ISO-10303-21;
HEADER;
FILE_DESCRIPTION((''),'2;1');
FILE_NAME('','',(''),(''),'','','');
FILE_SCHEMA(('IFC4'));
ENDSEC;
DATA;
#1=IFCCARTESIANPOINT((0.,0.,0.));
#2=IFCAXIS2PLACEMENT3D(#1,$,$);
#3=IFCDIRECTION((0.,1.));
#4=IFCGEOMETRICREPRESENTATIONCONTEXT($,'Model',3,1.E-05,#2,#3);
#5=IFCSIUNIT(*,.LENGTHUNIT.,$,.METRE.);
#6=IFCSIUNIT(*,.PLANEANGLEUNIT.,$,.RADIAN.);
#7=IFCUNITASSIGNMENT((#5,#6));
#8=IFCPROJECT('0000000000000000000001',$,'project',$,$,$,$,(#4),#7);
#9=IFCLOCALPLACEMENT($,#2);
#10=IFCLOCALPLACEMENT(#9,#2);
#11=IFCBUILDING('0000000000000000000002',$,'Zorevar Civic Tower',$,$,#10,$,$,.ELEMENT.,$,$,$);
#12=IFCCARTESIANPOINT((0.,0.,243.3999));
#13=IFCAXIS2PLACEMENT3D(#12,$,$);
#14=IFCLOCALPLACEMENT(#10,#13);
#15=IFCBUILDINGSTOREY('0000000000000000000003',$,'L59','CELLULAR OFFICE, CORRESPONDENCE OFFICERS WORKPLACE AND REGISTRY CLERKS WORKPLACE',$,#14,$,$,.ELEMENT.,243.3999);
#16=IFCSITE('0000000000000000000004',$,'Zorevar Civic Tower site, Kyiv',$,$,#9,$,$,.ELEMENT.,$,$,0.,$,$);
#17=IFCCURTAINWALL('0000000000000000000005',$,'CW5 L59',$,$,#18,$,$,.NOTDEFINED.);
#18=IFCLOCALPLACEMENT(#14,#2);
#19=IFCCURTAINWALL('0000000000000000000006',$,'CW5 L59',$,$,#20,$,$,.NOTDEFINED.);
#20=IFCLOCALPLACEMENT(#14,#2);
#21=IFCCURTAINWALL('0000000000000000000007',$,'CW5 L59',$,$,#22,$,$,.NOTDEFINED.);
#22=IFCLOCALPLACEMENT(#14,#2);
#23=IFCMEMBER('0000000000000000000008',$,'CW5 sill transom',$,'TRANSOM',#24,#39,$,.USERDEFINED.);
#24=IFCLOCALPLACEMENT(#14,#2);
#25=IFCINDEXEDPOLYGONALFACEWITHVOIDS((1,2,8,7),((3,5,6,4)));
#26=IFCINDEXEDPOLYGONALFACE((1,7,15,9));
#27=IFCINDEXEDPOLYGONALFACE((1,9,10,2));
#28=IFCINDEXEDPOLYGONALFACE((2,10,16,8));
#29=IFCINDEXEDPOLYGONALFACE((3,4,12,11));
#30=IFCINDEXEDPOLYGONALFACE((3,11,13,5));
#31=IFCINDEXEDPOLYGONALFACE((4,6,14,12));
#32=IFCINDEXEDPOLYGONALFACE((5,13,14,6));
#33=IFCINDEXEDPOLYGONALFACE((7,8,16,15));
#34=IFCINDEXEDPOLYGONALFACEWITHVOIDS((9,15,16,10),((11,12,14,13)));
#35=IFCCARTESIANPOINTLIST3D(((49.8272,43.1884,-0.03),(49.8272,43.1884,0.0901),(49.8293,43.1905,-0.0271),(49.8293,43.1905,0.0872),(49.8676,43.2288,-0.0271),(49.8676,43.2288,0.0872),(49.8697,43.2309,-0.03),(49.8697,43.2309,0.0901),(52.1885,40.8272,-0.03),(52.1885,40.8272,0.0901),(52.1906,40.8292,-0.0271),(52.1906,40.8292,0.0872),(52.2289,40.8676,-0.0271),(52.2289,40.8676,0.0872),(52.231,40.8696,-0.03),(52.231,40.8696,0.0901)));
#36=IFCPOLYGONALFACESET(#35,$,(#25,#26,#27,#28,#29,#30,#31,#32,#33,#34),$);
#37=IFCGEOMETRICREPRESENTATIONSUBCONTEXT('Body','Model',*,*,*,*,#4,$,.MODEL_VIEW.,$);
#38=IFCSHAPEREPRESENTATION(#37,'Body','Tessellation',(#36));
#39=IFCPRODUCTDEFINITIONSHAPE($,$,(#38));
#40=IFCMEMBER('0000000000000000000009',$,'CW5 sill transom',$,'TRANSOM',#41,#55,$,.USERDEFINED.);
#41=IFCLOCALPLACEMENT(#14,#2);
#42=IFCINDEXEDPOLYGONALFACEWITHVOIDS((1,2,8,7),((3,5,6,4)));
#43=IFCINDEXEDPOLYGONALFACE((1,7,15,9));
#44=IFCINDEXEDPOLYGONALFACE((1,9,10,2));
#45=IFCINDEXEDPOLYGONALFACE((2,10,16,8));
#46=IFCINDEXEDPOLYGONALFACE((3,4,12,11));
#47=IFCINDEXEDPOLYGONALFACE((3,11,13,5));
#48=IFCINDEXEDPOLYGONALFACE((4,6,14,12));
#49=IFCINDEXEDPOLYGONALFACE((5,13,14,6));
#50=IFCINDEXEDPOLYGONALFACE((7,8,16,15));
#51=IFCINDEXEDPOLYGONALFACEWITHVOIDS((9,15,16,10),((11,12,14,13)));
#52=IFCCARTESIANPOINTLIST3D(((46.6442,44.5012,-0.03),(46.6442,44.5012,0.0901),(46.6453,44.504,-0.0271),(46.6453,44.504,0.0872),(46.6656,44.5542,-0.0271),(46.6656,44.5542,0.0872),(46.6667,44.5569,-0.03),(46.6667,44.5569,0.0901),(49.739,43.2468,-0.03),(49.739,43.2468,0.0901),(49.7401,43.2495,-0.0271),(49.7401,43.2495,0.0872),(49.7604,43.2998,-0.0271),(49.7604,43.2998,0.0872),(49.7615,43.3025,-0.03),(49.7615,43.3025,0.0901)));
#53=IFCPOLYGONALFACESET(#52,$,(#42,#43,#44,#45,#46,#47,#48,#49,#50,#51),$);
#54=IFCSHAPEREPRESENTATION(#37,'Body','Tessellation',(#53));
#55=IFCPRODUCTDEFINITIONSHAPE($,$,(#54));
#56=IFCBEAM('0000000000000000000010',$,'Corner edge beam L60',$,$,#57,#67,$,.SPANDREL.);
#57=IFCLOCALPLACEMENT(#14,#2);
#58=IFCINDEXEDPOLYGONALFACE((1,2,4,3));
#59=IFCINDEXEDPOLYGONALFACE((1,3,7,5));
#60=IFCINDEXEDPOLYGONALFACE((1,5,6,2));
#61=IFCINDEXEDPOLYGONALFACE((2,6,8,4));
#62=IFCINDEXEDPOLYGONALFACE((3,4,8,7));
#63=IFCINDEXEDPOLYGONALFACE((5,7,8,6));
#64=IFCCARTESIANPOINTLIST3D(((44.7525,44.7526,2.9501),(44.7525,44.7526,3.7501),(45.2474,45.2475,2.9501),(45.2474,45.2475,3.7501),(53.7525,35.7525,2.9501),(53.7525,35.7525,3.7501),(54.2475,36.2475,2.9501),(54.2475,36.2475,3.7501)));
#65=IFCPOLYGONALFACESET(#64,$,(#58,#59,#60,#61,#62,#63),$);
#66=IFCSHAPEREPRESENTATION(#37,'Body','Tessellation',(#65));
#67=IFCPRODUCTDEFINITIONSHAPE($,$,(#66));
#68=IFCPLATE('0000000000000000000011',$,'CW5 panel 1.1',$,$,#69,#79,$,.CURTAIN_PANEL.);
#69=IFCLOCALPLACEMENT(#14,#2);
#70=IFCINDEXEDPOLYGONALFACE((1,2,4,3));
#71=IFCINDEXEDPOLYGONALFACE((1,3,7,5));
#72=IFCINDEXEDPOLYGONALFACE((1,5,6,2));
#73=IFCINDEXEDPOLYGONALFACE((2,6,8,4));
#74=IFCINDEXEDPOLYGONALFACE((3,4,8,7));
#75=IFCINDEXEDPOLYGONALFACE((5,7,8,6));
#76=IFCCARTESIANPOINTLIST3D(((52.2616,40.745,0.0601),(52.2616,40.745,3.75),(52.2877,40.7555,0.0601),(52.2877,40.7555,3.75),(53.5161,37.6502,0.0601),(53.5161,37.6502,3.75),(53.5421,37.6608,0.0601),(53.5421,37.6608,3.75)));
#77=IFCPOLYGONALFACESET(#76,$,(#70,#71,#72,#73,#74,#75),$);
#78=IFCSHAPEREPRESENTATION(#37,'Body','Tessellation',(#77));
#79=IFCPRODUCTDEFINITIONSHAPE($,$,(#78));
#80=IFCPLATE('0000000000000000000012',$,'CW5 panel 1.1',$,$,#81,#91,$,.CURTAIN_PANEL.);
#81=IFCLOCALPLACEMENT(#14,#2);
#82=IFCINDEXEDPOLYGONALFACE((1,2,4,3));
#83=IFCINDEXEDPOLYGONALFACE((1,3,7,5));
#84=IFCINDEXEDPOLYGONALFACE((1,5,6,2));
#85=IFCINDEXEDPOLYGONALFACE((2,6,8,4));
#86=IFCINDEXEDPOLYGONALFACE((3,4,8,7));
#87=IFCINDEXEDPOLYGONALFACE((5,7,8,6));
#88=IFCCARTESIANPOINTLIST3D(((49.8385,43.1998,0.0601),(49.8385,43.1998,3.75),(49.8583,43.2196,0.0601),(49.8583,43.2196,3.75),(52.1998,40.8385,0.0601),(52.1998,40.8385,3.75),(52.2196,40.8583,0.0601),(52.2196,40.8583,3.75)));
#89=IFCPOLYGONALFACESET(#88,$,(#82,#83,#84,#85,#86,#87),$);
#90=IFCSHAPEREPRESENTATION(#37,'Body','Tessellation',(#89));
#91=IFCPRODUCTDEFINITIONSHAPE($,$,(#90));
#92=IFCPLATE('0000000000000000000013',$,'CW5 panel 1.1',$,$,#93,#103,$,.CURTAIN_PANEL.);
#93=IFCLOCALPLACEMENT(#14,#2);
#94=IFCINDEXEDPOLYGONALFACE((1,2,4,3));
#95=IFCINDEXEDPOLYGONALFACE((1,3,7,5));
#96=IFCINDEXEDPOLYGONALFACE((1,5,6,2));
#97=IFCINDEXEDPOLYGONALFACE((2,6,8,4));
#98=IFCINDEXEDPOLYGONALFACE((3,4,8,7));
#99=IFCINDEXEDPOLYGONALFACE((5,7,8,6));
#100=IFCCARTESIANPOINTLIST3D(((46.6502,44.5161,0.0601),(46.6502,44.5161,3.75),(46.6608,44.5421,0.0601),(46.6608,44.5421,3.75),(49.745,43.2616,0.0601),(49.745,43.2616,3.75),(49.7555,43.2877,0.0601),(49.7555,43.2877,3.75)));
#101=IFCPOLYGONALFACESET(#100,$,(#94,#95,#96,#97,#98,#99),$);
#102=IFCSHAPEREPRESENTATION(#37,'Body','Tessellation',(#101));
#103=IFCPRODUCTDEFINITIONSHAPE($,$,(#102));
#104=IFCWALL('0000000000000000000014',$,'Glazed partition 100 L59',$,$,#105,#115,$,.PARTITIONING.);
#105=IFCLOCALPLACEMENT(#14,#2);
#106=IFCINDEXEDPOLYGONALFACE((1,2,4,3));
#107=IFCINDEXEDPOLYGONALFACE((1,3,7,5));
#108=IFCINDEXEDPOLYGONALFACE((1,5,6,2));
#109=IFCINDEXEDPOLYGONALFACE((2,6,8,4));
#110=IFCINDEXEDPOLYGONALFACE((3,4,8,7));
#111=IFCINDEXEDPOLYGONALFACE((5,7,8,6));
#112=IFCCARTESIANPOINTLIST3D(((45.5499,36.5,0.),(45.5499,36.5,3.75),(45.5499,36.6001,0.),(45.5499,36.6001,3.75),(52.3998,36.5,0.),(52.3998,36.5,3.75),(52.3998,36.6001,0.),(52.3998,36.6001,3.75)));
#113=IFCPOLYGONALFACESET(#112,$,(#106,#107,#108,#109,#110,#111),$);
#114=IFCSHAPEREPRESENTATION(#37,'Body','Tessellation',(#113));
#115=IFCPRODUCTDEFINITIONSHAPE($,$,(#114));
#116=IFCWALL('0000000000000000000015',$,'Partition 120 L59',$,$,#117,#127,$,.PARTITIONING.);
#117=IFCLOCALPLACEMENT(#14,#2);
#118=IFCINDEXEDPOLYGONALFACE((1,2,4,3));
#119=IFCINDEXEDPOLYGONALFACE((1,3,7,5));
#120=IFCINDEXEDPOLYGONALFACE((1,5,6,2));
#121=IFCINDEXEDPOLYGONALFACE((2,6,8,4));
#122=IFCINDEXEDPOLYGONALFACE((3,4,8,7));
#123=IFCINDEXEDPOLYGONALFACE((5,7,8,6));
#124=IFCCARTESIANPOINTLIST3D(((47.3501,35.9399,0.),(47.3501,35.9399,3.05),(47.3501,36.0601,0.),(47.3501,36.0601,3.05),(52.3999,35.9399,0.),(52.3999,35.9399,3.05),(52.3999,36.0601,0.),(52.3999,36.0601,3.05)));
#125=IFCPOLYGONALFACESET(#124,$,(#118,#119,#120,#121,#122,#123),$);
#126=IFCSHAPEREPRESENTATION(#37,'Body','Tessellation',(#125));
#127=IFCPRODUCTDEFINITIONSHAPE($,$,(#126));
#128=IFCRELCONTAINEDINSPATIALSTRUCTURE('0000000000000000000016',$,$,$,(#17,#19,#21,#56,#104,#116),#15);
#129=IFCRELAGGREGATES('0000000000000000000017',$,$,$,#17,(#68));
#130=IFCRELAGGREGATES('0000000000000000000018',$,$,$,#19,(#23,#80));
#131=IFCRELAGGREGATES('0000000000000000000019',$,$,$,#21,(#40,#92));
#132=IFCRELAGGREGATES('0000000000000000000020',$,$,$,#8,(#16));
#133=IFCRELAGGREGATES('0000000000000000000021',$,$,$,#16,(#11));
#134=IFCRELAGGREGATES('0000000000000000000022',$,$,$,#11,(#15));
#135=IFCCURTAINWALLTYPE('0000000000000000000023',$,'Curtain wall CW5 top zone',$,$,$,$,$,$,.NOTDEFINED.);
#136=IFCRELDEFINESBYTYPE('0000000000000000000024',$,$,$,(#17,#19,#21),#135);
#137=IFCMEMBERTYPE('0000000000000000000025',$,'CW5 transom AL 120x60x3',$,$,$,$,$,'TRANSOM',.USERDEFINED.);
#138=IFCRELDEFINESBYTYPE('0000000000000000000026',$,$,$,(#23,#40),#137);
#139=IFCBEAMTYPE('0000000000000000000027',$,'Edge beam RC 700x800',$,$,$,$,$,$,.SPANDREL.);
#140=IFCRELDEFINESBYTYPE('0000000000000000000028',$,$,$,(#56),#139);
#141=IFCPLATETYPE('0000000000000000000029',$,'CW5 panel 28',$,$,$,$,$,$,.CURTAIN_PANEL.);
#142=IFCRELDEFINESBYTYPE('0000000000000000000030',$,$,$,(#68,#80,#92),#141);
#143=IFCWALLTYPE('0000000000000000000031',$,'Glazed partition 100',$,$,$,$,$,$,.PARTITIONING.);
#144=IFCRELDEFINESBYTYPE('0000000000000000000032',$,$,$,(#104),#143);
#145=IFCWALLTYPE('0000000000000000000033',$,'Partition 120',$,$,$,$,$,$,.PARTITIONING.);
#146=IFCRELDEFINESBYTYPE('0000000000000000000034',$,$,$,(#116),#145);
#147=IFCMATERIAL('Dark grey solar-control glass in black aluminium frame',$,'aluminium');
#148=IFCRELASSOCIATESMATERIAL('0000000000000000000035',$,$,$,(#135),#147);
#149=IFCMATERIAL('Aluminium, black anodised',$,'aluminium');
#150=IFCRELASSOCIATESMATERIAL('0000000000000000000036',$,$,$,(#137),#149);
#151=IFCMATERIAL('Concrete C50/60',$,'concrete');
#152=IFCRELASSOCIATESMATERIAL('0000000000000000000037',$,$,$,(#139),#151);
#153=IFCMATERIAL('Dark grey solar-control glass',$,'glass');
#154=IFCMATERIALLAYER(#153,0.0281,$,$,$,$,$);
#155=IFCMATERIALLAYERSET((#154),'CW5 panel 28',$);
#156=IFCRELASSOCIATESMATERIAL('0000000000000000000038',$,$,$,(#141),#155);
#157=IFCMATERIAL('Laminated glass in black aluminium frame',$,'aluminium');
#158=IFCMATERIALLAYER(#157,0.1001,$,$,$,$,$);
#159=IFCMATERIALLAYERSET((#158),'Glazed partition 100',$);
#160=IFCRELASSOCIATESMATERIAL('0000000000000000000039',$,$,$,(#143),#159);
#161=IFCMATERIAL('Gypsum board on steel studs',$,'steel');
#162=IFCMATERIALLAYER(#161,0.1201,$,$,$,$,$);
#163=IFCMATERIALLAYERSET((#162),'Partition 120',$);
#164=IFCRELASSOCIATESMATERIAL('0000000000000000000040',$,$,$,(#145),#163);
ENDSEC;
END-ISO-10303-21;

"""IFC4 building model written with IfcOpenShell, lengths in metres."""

from ifc_helpers import new_model, si_unit, direction, frame, frame_2d, origin, origin_2d, place, context, subcontext, project, spatial, rectangle, hollow_rectangle, extrude, material, layer, layer_set, material_profile, profile_set, type_object, element, aggregate, save


model = new_model("IFC4")

# Units and contexts
model_context = context("Model", 3, precision=1e-05, world=origin(), true_north=direction((0.0, 1.0)))
body_context = subcontext(model_context, "Body", "Model", "MODEL_VIEW")
ifc_project = project(units=[si_unit("LENGTHUNIT", "METRE"), si_unit("PLANEANGLEUNIT", "RADIAN")], contexts=[model_context])

# Site, building, storey
site_placement = place(None, origin())
site = spatial("IfcSite", under=ifc_project, at=site_placement, Name="Zorevar Civic Tower site, Kyiv", CompositionType="ELEMENT", RefElevation=0.0)
building_placement = place(site_placement, origin())
building = spatial("IfcBuilding", under=site, at=building_placement, Name="Zorevar Civic Tower", CompositionType="ELEMENT")
storey_placement = place(building_placement, frame((0.0, 0.0, 243.3999)))
storey = spatial("IfcBuildingStorey", under=building, at=storey_placement, Name="L59", Description="CELLULAR OFFICE, CORRESPONDENCE OFFICERS WORKPLACE AND REGISTRY CLERKS WORKPLACE", CompositionType="ELEMENT", Elevation=243.3999)

# Curtain walls
ifc_material_1 = material(Name="Dark grey solar-control glass in black aluminium frame", Category="aluminium")
curtain_wall_type = type_object("IfcCurtainWallType", Name="Curtain wall CW5 top zone", PredefinedType="NOTDEFINED", material=ifc_material_1)
curtain_wall_1_placement = place(storey_placement, origin())
curtain_wall_1 = element("IfcCurtainWall", 1, at=curtain_wall_1_placement, inside=storey, type_object=curtain_wall_type, Name="CW5 L59", PredefinedType="NOTDEFINED")
curtain_wall_2_placement = place(storey_placement, origin())
curtain_wall_2 = element("IfcCurtainWall", 2, at=curtain_wall_2_placement, inside=storey, type_object=curtain_wall_type, Name="CW5 L59", PredefinedType="NOTDEFINED")
curtain_wall_3_placement = place(storey_placement, origin())
curtain_wall_3 = element("IfcCurtainWall", 3, at=curtain_wall_3_placement, inside=storey, type_object=curtain_wall_type, Name="CW5 L59", PredefinedType="NOTDEFINED")

# Members
ifc_material_2 = material(Name="Aluminium, black anodised", Category="aluminium")
ifc_material_profile_1 = material_profile(ifc_material_2, hollow_rectangle(XDim=0.0601, YDim=0.1201, WallThickness=0.0029, at=origin_2d()), Name="AL 120x60x3")
ifc_profile_set_1 = profile_set([ifc_material_profile_1], Name="Aluminium, black anodised")
member_type_1 = type_object("IfcMemberType", Name="CW5 transom AL 120x60x3", ElementType="TRANSOM", PredefinedType="USERDEFINED", material=ifc_profile_set_1)
member_1_placement = place(storey_placement, frame((52.2097, 40.8484, 0.03), z_axis=(-0.707107, 0.707107, 0.0), x_axis=(-0.707107, -0.707107, 0.0)))
member_1 = element("IfcMember", 4, at=member_1_placement, type_object=member_type_1, Name="CW5 sill transom", ObjectType="TRANSOM", PredefinedType="USERDEFINED", context=body_context, shape_type="SweptSolid", body=[
    extrude(hollow_rectangle(XDim=0.0601, YDim=0.1201, WallThickness=0.0029, at=origin_2d()), origin(), (0.0, 0.0, 1.0), 3.3394),
])
member_2_placement = place(storey_placement, frame((49.7502, 43.2747, 0.03), z_axis=(-0.926763, 0.375647, 0.0), x_axis=(-0.375647, -0.926763, 0.0)))
member_2 = element("IfcMember", 5, at=member_2_placement, type_object=member_type_1, Name="CW5 sill transom", ObjectType="TRANSOM", PredefinedType="USERDEFINED", context=body_context, shape_type="SweptSolid", body=[
    extrude(hollow_rectangle(XDim=0.0601, YDim=0.1201, WallThickness=0.0029, at=origin_2d()), origin(), (0.0, 0.0, 1.0), 3.3394),
])

# Beam
ifc_material_3 = material(Name="Concrete C50/60", Category="concrete")
ifc_material_profile_2 = material_profile(ifc_material_3, rectangle(XDim=0.7, YDim=0.8, at=origin_2d()), Name="RC 700x800")
ifc_profile_set_2 = profile_set([ifc_material_profile_2], Name="Concrete C50/60")
beam_type_1 = type_object("IfcBeamType", Name="Edge beam RC 700x800", PredefinedType="SPANDREL", material=ifc_profile_set_2)
beam_1_placement = place(storey_placement, frame((54.0, 36.0, 3.3501), z_axis=(-0.707107, 0.707107, 0.0), x_axis=(-0.707107, -0.707107, 0.0)))
element("IfcBeam", 6, at=beam_1_placement, inside=storey, type_object=beam_type_1, Name="Corner edge beam L60", PredefinedType="SPANDREL", context=body_context, shape_type="SweptSolid", body=[
    extrude(rectangle(XDim=0.7, YDim=0.8, at=origin_2d()), origin(), (0.0, 0.0, 1.0), 12.728),
])

# Plates
ifc_material_4 = material(Name="Dark grey solar-control glass", Category="glass")
ifc_layer_1 = layer(ifc_material_4, 0.0281)
ifc_layer_set_1 = layer_set([ifc_layer_1], Name="CW5 panel 28")
plate_type = type_object("IfcPlateType", Name="CW5 panel 28", PredefinedType="CURTAIN_PANEL", material=ifc_layer_set_1)
plate_1_placement = place(storey_placement, frame((52.9019, 39.2029, 0.0601), z_axis=(0.0, 0.0, 1.0), x_axis=(-0.37565, 0.926762, 0.0)))
plate_1 = element("IfcPlate", 7, at=plate_1_placement, type_object=plate_type, Name="CW5 panel 1.1", PredefinedType="CURTAIN_PANEL", context=body_context, shape_type="SweptSolid", body=[
    extrude(rectangle(XDim=3.3394, YDim=0.0281, at=origin_2d()), origin(), (0.0, 0.0, 1.0), 3.6899),
])
aggregate(curtain_wall_1, [plate_1])
plate_2_placement = place(storey_placement, frame((51.0291, 42.0291, 0.0601), z_axis=(0.0, 0.0, 1.0), x_axis=(-0.707107, 0.707107, 0.0)))
plate_2 = element("IfcPlate", 8, at=plate_2_placement, type_object=plate_type, Name="CW5 panel 1.1", PredefinedType="CURTAIN_PANEL", context=body_context, shape_type="SweptSolid", body=[
    extrude(rectangle(XDim=3.3394, YDim=0.0281, at=origin_2d()), origin(), (0.0, 0.0, 1.0), 3.6899),
])
aggregate(curtain_wall_2, [member_1, plate_2])
plate_3_placement = place(storey_placement, frame((48.2029, 43.9019, 0.0601), z_axis=(0.0, 0.0, 1.0), x_axis=(-0.926762, 0.37565, 0.0)))
plate_3 = element("IfcPlate", 9, at=plate_3_placement, type_object=plate_type, Name="CW5 panel 1.1", PredefinedType="CURTAIN_PANEL", context=body_context, shape_type="SweptSolid", body=[
    extrude(rectangle(XDim=3.3394, YDim=0.0281, at=origin_2d()), origin(), (0.0, 0.0, 1.0), 3.6899),
])
aggregate(curtain_wall_3, [member_2, plate_3])

# Walls
ifc_material_5 = material(Name="Laminated glass in black aluminium frame", Category="aluminium")
ifc_layer_2 = layer(ifc_material_5, 0.1001)
ifc_layer_set_2 = layer_set([ifc_layer_2], Name="Glazed partition 100")
wall_type_1 = type_object("IfcWallType", Name="Glazed partition 100", PredefinedType="PARTITIONING", material=ifc_layer_set_2)
wall_1_placement = place(storey_placement, frame((45.55, 36.55, 0.0), z_axis=(0.0, 0.0, 1.0), x_axis=(1.0, 0.0, 0.0)))
element("IfcWall", 10, at=wall_1_placement, inside=storey, type_object=wall_type_1, Name="Glazed partition 100 L59", PredefinedType="PARTITIONING", context=body_context, shape_type="SweptSolid", body=[
    extrude(rectangle(XDim=6.8499, YDim=0.1001, at=frame_2d((3.4248, 0.0))), origin(), (0.0, 0.0, 1.0), 3.75),
])
ifc_material_6 = material(Name="Gypsum board on steel studs", Category="steel")
ifc_layer_3 = layer(ifc_material_6, 0.1201)
ifc_layer_set_3 = layer_set([ifc_layer_3], Name="Partition 120")
wall_type_2 = type_object("IfcWallType", Name="Partition 120", PredefinedType="PARTITIONING", material=ifc_layer_set_3)
wall_2_placement = place(storey_placement, frame((47.3501, 36.0, 0.0), z_axis=(0.0, 0.0, 1.0), x_axis=(1.0, 0.0, 0.0)))
element("IfcWall", 11, at=wall_2_placement, inside=storey, type_object=wall_type_2, Name="Partition 120 L59", PredefinedType="PARTITIONING", context=body_context, shape_type="SweptSolid", body=[
    extrude(rectangle(XDim=5.0498, YDim=0.1201, at=frame_2d((2.5249, 0.0))), origin(), (0.0, 0.0, 1.0), 3.05),
])

save(model, "model.ifc")
